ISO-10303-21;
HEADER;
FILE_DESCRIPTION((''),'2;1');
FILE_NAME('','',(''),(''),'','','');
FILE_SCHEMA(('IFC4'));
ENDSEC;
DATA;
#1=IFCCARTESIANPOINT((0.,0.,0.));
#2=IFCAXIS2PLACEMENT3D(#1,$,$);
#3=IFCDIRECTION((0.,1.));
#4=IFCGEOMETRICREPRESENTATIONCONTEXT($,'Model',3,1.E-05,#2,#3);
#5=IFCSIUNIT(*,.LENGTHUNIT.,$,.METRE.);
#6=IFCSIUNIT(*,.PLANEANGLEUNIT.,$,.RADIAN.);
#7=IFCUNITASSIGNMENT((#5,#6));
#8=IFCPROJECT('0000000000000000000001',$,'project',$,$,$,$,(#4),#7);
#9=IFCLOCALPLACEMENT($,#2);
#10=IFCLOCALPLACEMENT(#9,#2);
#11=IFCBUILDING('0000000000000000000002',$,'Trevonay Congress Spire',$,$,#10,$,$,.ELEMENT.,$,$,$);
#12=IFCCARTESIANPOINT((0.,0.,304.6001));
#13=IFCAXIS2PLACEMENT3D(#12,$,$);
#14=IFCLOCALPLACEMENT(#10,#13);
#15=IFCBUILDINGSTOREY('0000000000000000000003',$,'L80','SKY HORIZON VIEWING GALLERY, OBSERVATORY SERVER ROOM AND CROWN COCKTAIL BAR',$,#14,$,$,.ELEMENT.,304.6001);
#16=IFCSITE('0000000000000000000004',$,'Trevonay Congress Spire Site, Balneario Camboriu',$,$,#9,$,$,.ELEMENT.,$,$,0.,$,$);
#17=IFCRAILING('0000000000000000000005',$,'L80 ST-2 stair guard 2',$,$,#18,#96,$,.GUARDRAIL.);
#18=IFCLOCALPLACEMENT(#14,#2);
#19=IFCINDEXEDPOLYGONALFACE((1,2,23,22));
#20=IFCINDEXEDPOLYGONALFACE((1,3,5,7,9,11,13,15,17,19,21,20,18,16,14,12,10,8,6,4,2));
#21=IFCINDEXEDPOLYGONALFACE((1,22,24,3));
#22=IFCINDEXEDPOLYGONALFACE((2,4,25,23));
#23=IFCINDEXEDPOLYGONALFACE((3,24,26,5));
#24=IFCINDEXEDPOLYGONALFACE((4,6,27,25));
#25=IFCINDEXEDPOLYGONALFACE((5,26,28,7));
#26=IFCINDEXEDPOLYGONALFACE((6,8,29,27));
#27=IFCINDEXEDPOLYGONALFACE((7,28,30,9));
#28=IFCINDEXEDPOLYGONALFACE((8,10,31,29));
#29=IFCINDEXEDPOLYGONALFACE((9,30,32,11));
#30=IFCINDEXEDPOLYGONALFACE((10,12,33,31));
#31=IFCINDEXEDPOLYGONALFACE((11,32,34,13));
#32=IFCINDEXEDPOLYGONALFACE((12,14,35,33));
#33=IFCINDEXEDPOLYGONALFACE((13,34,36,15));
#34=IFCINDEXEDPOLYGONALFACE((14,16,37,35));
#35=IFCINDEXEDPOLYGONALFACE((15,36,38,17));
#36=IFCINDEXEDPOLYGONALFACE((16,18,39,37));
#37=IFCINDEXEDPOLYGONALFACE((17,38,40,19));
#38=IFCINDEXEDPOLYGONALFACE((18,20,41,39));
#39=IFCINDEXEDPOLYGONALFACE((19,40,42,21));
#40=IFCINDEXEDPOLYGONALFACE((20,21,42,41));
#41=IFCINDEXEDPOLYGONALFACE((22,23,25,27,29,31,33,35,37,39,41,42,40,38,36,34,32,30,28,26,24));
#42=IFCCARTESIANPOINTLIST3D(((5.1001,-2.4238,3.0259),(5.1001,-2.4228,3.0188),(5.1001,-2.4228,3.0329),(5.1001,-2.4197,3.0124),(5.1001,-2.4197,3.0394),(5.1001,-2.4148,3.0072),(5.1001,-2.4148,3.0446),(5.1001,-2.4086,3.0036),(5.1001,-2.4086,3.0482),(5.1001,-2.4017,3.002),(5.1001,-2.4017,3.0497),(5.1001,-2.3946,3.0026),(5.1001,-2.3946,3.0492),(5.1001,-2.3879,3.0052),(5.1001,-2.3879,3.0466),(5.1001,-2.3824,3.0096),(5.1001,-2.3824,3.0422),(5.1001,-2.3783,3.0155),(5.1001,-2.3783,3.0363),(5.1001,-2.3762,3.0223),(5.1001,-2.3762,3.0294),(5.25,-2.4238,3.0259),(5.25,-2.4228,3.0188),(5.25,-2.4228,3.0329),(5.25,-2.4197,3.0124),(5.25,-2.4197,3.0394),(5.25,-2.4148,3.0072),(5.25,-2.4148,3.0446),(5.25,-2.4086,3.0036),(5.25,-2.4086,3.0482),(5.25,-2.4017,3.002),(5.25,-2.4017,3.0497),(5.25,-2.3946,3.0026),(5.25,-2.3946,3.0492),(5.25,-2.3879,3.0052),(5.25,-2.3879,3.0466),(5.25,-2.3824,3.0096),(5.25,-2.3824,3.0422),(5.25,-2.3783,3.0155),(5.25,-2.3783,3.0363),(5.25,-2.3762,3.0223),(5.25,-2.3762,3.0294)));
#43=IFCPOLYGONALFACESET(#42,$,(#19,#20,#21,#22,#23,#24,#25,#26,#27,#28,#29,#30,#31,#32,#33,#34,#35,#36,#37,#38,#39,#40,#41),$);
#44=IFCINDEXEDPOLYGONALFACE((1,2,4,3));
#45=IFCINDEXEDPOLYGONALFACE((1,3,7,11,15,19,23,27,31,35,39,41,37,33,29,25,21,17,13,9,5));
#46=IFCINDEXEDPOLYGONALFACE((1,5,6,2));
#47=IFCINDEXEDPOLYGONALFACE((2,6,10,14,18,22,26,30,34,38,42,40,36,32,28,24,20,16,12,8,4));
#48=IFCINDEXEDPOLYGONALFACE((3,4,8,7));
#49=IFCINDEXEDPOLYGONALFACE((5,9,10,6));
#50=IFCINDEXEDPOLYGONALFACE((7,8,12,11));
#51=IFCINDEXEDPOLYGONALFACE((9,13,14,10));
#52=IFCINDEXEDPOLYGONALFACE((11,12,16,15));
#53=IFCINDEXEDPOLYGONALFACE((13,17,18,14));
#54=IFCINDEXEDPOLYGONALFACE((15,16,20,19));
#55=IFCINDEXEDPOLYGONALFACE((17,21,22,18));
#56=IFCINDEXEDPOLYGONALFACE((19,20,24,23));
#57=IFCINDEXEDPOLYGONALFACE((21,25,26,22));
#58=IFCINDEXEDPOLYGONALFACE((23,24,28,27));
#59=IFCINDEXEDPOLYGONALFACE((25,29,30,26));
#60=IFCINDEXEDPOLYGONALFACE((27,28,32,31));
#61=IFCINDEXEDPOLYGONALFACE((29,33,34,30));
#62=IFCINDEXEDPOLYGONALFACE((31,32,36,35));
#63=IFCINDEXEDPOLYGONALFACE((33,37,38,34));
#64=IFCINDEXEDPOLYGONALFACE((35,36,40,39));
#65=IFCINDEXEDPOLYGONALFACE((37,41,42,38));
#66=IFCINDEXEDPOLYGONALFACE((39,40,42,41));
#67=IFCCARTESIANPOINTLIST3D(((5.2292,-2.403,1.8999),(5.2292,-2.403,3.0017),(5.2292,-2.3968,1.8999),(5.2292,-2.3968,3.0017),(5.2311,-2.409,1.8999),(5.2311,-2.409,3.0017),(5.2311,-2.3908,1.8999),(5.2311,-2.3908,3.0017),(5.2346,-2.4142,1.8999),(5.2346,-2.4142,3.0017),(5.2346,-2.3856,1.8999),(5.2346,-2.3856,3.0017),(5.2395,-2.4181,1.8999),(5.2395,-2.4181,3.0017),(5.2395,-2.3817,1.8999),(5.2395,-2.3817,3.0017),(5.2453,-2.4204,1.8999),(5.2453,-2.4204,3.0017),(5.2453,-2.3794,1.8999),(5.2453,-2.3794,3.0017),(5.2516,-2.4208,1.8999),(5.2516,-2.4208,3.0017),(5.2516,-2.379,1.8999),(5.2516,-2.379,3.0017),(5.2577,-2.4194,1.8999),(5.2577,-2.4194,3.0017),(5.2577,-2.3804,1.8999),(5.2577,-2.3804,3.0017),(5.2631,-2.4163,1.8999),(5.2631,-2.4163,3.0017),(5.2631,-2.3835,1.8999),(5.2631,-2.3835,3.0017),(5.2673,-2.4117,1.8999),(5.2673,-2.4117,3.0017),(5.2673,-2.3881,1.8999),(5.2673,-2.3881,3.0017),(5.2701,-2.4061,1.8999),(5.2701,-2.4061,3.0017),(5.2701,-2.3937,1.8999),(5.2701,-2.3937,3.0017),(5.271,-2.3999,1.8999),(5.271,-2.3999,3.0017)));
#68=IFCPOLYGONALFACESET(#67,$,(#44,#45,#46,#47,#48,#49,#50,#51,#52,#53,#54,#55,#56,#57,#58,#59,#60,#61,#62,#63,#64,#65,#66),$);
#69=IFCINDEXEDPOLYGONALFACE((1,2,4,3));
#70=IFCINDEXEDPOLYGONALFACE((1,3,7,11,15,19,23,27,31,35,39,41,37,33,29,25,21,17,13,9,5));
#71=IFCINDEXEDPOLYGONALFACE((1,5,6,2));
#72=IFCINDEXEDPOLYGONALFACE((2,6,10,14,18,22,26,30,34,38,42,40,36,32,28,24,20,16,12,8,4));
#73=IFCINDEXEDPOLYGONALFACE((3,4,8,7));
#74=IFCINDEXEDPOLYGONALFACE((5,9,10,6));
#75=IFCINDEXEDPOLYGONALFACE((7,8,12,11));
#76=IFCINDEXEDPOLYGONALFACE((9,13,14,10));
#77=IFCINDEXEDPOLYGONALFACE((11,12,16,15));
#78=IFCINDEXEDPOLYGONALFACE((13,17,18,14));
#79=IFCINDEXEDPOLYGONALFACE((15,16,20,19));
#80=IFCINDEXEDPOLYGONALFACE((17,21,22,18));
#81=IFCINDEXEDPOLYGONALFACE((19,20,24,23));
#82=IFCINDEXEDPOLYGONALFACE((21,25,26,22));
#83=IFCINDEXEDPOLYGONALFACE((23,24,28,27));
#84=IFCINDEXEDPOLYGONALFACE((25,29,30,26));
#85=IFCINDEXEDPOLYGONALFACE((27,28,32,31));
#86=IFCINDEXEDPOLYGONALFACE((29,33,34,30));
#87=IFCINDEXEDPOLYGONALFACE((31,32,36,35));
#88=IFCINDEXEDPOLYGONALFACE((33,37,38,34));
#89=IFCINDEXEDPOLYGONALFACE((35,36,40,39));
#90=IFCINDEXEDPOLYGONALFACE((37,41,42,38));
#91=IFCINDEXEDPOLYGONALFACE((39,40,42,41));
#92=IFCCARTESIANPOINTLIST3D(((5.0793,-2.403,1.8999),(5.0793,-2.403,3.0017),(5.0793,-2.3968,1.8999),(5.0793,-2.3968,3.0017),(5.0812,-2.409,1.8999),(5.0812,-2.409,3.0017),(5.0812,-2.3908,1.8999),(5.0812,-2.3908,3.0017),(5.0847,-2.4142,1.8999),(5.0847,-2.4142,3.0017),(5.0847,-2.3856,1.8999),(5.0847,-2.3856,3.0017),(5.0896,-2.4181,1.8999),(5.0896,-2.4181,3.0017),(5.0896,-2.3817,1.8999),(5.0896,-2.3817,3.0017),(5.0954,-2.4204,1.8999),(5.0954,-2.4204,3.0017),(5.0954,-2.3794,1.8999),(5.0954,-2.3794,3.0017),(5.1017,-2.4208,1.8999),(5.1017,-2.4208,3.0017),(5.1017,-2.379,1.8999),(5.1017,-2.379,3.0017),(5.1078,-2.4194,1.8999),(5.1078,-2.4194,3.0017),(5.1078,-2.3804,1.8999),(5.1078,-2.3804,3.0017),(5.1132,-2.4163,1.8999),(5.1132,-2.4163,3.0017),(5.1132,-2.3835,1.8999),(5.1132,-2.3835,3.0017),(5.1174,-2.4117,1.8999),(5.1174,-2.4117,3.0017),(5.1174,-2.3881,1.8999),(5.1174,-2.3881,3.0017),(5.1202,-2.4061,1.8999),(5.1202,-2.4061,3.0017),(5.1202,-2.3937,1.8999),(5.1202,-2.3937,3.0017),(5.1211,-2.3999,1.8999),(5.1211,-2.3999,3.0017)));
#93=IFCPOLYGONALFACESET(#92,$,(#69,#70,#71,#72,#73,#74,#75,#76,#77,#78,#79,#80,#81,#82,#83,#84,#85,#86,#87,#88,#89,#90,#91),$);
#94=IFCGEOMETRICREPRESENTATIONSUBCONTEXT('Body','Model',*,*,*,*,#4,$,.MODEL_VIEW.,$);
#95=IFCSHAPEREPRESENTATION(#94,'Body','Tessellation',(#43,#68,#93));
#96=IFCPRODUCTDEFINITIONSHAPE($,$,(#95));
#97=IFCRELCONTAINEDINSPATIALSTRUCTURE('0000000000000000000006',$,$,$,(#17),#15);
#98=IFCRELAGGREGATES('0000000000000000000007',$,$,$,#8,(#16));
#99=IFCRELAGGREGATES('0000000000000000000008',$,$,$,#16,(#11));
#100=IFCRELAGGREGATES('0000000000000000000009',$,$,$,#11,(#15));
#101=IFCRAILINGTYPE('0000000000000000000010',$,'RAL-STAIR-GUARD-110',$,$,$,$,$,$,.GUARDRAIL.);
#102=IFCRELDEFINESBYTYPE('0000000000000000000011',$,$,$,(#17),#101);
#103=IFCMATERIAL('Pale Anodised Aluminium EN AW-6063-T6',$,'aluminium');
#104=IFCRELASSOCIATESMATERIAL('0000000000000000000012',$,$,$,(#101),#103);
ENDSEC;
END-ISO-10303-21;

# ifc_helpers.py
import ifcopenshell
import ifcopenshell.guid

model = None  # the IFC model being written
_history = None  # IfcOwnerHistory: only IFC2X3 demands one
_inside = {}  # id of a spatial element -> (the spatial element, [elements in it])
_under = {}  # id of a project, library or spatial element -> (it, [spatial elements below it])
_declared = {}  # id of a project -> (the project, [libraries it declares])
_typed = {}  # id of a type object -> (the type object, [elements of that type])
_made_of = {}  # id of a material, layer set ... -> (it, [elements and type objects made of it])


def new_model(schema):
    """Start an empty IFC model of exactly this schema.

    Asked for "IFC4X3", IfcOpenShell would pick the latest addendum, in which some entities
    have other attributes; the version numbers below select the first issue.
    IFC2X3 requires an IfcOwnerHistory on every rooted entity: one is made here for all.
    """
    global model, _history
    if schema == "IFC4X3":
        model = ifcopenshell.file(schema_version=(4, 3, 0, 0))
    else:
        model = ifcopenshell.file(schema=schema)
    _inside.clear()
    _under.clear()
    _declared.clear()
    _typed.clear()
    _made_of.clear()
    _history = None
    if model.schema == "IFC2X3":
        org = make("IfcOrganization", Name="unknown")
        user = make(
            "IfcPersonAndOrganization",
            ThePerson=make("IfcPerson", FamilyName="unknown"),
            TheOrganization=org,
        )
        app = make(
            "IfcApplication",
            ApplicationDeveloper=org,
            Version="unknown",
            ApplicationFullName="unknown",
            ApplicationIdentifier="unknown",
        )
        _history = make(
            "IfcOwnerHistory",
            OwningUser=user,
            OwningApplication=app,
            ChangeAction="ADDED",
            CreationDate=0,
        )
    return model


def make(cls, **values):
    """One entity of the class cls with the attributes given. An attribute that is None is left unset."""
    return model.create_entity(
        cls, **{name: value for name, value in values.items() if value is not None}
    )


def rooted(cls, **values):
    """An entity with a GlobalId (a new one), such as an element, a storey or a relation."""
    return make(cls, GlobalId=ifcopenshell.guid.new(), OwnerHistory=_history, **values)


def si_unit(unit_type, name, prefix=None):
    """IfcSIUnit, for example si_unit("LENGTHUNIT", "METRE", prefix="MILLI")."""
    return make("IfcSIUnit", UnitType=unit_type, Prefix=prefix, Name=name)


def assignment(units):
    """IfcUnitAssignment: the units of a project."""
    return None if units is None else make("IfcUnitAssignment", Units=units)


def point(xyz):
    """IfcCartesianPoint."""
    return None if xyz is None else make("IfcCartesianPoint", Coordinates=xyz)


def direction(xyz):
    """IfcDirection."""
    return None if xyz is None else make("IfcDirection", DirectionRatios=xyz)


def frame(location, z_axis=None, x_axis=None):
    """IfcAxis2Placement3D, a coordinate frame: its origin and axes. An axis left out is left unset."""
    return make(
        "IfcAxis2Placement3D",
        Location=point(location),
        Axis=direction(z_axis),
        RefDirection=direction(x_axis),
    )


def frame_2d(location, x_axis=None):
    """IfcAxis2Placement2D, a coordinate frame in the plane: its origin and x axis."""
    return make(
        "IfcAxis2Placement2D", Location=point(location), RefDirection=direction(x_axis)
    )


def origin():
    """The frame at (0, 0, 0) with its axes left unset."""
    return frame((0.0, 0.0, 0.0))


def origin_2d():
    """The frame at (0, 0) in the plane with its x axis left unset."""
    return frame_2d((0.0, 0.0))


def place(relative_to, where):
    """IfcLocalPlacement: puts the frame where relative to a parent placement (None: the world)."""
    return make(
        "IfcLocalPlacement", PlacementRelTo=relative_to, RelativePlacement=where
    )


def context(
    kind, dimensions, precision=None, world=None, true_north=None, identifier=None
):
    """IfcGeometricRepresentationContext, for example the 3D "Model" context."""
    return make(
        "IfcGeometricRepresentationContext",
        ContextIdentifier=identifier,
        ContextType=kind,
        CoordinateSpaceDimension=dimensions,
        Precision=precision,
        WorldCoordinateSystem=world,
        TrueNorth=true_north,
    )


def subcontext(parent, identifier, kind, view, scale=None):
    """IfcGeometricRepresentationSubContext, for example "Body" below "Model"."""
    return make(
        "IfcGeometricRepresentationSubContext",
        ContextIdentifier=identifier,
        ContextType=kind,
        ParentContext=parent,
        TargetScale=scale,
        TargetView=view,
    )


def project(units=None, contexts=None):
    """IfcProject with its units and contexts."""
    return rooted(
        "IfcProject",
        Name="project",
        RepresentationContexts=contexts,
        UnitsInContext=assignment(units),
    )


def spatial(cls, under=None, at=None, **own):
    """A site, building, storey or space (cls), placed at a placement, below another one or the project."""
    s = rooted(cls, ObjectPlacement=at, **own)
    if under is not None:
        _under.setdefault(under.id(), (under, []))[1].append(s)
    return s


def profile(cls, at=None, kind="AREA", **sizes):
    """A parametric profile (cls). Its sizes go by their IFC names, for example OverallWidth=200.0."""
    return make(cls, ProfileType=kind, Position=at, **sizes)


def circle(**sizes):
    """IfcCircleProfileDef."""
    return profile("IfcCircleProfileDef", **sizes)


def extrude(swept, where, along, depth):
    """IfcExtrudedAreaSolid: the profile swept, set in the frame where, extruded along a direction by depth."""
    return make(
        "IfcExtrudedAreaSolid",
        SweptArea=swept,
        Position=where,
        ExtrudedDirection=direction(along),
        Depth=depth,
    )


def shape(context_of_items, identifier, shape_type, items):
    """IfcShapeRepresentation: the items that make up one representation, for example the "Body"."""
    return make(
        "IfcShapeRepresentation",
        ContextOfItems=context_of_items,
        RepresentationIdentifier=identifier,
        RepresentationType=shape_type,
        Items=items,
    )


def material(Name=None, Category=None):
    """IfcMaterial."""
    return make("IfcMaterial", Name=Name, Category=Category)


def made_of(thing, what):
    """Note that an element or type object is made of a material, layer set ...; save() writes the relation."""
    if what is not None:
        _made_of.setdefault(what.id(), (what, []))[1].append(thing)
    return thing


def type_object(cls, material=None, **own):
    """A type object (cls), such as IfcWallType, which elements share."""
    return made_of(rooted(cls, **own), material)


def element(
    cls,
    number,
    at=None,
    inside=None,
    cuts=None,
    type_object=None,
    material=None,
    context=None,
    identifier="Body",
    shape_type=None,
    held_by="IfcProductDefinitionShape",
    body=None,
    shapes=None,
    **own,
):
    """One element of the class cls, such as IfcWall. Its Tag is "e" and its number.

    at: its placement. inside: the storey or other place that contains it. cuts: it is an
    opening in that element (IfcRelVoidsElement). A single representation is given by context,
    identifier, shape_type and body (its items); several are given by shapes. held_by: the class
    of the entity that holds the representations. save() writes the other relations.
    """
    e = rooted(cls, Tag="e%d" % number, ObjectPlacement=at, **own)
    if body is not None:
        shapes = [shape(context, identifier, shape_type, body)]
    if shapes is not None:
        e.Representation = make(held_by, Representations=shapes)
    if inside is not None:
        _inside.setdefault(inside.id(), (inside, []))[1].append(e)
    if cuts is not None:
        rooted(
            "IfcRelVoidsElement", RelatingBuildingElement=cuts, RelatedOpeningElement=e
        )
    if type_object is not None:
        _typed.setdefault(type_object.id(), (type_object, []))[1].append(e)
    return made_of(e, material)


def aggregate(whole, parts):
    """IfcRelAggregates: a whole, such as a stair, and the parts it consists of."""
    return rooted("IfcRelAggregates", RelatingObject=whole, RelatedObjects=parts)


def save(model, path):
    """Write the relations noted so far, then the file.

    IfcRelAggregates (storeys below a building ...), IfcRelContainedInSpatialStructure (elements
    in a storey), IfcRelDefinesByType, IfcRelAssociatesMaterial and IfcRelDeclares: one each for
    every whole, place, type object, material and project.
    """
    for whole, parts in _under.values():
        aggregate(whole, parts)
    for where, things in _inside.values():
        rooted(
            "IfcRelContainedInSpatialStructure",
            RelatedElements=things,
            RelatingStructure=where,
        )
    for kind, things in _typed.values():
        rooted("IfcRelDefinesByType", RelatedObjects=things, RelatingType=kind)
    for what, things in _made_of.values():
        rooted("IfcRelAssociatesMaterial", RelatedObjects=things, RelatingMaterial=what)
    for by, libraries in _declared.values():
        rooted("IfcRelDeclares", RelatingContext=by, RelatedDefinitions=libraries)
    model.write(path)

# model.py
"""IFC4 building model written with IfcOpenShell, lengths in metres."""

from ifc_helpers import new_model, si_unit, direction, frame, origin, origin_2d, place, context, subcontext, project, spatial, circle, extrude, material, type_object, element, save


model = new_model("IFC4")

# Units and contexts
model_context = context("Model", 3, precision=1e-05, world=origin(), true_north=direction((0.0, 1.0)))
body_context = subcontext(model_context, "Body", "Model", "MODEL_VIEW")
ifc_project = project(units=[si_unit("LENGTHUNIT", "METRE"), si_unit("PLANEANGLEUNIT", "RADIAN")], contexts=[model_context])

# Site, building, storey
site_placement = place(None, origin())
site = spatial("IfcSite", under=ifc_project, at=site_placement, Name="Trevonay Congress Spire Site, Balneario Camboriu", CompositionType="ELEMENT", RefElevation=0.0)
building_placement = place(site_placement, origin())
building = spatial("IfcBuilding", under=site, at=building_placement, Name="Trevonay Congress Spire", CompositionType="ELEMENT")
storey_placement = place(building_placement, frame((0.0, 0.0, 304.6001)))
storey = spatial("IfcBuildingStorey", under=building, at=storey_placement, Name="L80", Description="SKY HORIZON VIEWING GALLERY, OBSERVATORY SERVER ROOM AND CROWN COCKTAIL BAR", CompositionType="ELEMENT", Elevation=304.6001)

# Shared definitions
ifc_material_1 = material(Name="Pale Anodised Aluminium EN AW-6063-T6", Category="aluminium")

# Railing
railing_type_1 = type_object("IfcRailingType", Name="RAL-STAIR-GUARD-110", PredefinedType="GUARDRAIL", material=ifc_material_1)
railing_1_placement = place(storey_placement, frame((5.25, -2.3999, 1.8999)))
element("IfcRailing", 1, at=railing_1_placement, inside=storey, type_object=railing_type_1, Name="L80 ST-2 stair guard 2", PredefinedType="GUARDRAIL", context=body_context, shape_type="SweptSolid", body=[
    extrude(circle(Radius=0.0239, at=origin_2d()), frame((0.0, 0.0, 1.126), z_axis=(-1.0, 0.0, 0.0), x_axis=(0.0, -1.0, 0.0)), (0.0, 0.0, 1.0), 0.1499),
    extrude(circle(Radius=0.021, at=origin_2d()), origin(), (0.0, 0.0, 1.0), 1.1018),
    extrude(circle(Radius=0.021, at=origin_2d()), frame((-0.1499, 0.0, 0.0)), (0.0, 0.0, 1.0), 1.1018),
])

save(model, "model.ifc")
